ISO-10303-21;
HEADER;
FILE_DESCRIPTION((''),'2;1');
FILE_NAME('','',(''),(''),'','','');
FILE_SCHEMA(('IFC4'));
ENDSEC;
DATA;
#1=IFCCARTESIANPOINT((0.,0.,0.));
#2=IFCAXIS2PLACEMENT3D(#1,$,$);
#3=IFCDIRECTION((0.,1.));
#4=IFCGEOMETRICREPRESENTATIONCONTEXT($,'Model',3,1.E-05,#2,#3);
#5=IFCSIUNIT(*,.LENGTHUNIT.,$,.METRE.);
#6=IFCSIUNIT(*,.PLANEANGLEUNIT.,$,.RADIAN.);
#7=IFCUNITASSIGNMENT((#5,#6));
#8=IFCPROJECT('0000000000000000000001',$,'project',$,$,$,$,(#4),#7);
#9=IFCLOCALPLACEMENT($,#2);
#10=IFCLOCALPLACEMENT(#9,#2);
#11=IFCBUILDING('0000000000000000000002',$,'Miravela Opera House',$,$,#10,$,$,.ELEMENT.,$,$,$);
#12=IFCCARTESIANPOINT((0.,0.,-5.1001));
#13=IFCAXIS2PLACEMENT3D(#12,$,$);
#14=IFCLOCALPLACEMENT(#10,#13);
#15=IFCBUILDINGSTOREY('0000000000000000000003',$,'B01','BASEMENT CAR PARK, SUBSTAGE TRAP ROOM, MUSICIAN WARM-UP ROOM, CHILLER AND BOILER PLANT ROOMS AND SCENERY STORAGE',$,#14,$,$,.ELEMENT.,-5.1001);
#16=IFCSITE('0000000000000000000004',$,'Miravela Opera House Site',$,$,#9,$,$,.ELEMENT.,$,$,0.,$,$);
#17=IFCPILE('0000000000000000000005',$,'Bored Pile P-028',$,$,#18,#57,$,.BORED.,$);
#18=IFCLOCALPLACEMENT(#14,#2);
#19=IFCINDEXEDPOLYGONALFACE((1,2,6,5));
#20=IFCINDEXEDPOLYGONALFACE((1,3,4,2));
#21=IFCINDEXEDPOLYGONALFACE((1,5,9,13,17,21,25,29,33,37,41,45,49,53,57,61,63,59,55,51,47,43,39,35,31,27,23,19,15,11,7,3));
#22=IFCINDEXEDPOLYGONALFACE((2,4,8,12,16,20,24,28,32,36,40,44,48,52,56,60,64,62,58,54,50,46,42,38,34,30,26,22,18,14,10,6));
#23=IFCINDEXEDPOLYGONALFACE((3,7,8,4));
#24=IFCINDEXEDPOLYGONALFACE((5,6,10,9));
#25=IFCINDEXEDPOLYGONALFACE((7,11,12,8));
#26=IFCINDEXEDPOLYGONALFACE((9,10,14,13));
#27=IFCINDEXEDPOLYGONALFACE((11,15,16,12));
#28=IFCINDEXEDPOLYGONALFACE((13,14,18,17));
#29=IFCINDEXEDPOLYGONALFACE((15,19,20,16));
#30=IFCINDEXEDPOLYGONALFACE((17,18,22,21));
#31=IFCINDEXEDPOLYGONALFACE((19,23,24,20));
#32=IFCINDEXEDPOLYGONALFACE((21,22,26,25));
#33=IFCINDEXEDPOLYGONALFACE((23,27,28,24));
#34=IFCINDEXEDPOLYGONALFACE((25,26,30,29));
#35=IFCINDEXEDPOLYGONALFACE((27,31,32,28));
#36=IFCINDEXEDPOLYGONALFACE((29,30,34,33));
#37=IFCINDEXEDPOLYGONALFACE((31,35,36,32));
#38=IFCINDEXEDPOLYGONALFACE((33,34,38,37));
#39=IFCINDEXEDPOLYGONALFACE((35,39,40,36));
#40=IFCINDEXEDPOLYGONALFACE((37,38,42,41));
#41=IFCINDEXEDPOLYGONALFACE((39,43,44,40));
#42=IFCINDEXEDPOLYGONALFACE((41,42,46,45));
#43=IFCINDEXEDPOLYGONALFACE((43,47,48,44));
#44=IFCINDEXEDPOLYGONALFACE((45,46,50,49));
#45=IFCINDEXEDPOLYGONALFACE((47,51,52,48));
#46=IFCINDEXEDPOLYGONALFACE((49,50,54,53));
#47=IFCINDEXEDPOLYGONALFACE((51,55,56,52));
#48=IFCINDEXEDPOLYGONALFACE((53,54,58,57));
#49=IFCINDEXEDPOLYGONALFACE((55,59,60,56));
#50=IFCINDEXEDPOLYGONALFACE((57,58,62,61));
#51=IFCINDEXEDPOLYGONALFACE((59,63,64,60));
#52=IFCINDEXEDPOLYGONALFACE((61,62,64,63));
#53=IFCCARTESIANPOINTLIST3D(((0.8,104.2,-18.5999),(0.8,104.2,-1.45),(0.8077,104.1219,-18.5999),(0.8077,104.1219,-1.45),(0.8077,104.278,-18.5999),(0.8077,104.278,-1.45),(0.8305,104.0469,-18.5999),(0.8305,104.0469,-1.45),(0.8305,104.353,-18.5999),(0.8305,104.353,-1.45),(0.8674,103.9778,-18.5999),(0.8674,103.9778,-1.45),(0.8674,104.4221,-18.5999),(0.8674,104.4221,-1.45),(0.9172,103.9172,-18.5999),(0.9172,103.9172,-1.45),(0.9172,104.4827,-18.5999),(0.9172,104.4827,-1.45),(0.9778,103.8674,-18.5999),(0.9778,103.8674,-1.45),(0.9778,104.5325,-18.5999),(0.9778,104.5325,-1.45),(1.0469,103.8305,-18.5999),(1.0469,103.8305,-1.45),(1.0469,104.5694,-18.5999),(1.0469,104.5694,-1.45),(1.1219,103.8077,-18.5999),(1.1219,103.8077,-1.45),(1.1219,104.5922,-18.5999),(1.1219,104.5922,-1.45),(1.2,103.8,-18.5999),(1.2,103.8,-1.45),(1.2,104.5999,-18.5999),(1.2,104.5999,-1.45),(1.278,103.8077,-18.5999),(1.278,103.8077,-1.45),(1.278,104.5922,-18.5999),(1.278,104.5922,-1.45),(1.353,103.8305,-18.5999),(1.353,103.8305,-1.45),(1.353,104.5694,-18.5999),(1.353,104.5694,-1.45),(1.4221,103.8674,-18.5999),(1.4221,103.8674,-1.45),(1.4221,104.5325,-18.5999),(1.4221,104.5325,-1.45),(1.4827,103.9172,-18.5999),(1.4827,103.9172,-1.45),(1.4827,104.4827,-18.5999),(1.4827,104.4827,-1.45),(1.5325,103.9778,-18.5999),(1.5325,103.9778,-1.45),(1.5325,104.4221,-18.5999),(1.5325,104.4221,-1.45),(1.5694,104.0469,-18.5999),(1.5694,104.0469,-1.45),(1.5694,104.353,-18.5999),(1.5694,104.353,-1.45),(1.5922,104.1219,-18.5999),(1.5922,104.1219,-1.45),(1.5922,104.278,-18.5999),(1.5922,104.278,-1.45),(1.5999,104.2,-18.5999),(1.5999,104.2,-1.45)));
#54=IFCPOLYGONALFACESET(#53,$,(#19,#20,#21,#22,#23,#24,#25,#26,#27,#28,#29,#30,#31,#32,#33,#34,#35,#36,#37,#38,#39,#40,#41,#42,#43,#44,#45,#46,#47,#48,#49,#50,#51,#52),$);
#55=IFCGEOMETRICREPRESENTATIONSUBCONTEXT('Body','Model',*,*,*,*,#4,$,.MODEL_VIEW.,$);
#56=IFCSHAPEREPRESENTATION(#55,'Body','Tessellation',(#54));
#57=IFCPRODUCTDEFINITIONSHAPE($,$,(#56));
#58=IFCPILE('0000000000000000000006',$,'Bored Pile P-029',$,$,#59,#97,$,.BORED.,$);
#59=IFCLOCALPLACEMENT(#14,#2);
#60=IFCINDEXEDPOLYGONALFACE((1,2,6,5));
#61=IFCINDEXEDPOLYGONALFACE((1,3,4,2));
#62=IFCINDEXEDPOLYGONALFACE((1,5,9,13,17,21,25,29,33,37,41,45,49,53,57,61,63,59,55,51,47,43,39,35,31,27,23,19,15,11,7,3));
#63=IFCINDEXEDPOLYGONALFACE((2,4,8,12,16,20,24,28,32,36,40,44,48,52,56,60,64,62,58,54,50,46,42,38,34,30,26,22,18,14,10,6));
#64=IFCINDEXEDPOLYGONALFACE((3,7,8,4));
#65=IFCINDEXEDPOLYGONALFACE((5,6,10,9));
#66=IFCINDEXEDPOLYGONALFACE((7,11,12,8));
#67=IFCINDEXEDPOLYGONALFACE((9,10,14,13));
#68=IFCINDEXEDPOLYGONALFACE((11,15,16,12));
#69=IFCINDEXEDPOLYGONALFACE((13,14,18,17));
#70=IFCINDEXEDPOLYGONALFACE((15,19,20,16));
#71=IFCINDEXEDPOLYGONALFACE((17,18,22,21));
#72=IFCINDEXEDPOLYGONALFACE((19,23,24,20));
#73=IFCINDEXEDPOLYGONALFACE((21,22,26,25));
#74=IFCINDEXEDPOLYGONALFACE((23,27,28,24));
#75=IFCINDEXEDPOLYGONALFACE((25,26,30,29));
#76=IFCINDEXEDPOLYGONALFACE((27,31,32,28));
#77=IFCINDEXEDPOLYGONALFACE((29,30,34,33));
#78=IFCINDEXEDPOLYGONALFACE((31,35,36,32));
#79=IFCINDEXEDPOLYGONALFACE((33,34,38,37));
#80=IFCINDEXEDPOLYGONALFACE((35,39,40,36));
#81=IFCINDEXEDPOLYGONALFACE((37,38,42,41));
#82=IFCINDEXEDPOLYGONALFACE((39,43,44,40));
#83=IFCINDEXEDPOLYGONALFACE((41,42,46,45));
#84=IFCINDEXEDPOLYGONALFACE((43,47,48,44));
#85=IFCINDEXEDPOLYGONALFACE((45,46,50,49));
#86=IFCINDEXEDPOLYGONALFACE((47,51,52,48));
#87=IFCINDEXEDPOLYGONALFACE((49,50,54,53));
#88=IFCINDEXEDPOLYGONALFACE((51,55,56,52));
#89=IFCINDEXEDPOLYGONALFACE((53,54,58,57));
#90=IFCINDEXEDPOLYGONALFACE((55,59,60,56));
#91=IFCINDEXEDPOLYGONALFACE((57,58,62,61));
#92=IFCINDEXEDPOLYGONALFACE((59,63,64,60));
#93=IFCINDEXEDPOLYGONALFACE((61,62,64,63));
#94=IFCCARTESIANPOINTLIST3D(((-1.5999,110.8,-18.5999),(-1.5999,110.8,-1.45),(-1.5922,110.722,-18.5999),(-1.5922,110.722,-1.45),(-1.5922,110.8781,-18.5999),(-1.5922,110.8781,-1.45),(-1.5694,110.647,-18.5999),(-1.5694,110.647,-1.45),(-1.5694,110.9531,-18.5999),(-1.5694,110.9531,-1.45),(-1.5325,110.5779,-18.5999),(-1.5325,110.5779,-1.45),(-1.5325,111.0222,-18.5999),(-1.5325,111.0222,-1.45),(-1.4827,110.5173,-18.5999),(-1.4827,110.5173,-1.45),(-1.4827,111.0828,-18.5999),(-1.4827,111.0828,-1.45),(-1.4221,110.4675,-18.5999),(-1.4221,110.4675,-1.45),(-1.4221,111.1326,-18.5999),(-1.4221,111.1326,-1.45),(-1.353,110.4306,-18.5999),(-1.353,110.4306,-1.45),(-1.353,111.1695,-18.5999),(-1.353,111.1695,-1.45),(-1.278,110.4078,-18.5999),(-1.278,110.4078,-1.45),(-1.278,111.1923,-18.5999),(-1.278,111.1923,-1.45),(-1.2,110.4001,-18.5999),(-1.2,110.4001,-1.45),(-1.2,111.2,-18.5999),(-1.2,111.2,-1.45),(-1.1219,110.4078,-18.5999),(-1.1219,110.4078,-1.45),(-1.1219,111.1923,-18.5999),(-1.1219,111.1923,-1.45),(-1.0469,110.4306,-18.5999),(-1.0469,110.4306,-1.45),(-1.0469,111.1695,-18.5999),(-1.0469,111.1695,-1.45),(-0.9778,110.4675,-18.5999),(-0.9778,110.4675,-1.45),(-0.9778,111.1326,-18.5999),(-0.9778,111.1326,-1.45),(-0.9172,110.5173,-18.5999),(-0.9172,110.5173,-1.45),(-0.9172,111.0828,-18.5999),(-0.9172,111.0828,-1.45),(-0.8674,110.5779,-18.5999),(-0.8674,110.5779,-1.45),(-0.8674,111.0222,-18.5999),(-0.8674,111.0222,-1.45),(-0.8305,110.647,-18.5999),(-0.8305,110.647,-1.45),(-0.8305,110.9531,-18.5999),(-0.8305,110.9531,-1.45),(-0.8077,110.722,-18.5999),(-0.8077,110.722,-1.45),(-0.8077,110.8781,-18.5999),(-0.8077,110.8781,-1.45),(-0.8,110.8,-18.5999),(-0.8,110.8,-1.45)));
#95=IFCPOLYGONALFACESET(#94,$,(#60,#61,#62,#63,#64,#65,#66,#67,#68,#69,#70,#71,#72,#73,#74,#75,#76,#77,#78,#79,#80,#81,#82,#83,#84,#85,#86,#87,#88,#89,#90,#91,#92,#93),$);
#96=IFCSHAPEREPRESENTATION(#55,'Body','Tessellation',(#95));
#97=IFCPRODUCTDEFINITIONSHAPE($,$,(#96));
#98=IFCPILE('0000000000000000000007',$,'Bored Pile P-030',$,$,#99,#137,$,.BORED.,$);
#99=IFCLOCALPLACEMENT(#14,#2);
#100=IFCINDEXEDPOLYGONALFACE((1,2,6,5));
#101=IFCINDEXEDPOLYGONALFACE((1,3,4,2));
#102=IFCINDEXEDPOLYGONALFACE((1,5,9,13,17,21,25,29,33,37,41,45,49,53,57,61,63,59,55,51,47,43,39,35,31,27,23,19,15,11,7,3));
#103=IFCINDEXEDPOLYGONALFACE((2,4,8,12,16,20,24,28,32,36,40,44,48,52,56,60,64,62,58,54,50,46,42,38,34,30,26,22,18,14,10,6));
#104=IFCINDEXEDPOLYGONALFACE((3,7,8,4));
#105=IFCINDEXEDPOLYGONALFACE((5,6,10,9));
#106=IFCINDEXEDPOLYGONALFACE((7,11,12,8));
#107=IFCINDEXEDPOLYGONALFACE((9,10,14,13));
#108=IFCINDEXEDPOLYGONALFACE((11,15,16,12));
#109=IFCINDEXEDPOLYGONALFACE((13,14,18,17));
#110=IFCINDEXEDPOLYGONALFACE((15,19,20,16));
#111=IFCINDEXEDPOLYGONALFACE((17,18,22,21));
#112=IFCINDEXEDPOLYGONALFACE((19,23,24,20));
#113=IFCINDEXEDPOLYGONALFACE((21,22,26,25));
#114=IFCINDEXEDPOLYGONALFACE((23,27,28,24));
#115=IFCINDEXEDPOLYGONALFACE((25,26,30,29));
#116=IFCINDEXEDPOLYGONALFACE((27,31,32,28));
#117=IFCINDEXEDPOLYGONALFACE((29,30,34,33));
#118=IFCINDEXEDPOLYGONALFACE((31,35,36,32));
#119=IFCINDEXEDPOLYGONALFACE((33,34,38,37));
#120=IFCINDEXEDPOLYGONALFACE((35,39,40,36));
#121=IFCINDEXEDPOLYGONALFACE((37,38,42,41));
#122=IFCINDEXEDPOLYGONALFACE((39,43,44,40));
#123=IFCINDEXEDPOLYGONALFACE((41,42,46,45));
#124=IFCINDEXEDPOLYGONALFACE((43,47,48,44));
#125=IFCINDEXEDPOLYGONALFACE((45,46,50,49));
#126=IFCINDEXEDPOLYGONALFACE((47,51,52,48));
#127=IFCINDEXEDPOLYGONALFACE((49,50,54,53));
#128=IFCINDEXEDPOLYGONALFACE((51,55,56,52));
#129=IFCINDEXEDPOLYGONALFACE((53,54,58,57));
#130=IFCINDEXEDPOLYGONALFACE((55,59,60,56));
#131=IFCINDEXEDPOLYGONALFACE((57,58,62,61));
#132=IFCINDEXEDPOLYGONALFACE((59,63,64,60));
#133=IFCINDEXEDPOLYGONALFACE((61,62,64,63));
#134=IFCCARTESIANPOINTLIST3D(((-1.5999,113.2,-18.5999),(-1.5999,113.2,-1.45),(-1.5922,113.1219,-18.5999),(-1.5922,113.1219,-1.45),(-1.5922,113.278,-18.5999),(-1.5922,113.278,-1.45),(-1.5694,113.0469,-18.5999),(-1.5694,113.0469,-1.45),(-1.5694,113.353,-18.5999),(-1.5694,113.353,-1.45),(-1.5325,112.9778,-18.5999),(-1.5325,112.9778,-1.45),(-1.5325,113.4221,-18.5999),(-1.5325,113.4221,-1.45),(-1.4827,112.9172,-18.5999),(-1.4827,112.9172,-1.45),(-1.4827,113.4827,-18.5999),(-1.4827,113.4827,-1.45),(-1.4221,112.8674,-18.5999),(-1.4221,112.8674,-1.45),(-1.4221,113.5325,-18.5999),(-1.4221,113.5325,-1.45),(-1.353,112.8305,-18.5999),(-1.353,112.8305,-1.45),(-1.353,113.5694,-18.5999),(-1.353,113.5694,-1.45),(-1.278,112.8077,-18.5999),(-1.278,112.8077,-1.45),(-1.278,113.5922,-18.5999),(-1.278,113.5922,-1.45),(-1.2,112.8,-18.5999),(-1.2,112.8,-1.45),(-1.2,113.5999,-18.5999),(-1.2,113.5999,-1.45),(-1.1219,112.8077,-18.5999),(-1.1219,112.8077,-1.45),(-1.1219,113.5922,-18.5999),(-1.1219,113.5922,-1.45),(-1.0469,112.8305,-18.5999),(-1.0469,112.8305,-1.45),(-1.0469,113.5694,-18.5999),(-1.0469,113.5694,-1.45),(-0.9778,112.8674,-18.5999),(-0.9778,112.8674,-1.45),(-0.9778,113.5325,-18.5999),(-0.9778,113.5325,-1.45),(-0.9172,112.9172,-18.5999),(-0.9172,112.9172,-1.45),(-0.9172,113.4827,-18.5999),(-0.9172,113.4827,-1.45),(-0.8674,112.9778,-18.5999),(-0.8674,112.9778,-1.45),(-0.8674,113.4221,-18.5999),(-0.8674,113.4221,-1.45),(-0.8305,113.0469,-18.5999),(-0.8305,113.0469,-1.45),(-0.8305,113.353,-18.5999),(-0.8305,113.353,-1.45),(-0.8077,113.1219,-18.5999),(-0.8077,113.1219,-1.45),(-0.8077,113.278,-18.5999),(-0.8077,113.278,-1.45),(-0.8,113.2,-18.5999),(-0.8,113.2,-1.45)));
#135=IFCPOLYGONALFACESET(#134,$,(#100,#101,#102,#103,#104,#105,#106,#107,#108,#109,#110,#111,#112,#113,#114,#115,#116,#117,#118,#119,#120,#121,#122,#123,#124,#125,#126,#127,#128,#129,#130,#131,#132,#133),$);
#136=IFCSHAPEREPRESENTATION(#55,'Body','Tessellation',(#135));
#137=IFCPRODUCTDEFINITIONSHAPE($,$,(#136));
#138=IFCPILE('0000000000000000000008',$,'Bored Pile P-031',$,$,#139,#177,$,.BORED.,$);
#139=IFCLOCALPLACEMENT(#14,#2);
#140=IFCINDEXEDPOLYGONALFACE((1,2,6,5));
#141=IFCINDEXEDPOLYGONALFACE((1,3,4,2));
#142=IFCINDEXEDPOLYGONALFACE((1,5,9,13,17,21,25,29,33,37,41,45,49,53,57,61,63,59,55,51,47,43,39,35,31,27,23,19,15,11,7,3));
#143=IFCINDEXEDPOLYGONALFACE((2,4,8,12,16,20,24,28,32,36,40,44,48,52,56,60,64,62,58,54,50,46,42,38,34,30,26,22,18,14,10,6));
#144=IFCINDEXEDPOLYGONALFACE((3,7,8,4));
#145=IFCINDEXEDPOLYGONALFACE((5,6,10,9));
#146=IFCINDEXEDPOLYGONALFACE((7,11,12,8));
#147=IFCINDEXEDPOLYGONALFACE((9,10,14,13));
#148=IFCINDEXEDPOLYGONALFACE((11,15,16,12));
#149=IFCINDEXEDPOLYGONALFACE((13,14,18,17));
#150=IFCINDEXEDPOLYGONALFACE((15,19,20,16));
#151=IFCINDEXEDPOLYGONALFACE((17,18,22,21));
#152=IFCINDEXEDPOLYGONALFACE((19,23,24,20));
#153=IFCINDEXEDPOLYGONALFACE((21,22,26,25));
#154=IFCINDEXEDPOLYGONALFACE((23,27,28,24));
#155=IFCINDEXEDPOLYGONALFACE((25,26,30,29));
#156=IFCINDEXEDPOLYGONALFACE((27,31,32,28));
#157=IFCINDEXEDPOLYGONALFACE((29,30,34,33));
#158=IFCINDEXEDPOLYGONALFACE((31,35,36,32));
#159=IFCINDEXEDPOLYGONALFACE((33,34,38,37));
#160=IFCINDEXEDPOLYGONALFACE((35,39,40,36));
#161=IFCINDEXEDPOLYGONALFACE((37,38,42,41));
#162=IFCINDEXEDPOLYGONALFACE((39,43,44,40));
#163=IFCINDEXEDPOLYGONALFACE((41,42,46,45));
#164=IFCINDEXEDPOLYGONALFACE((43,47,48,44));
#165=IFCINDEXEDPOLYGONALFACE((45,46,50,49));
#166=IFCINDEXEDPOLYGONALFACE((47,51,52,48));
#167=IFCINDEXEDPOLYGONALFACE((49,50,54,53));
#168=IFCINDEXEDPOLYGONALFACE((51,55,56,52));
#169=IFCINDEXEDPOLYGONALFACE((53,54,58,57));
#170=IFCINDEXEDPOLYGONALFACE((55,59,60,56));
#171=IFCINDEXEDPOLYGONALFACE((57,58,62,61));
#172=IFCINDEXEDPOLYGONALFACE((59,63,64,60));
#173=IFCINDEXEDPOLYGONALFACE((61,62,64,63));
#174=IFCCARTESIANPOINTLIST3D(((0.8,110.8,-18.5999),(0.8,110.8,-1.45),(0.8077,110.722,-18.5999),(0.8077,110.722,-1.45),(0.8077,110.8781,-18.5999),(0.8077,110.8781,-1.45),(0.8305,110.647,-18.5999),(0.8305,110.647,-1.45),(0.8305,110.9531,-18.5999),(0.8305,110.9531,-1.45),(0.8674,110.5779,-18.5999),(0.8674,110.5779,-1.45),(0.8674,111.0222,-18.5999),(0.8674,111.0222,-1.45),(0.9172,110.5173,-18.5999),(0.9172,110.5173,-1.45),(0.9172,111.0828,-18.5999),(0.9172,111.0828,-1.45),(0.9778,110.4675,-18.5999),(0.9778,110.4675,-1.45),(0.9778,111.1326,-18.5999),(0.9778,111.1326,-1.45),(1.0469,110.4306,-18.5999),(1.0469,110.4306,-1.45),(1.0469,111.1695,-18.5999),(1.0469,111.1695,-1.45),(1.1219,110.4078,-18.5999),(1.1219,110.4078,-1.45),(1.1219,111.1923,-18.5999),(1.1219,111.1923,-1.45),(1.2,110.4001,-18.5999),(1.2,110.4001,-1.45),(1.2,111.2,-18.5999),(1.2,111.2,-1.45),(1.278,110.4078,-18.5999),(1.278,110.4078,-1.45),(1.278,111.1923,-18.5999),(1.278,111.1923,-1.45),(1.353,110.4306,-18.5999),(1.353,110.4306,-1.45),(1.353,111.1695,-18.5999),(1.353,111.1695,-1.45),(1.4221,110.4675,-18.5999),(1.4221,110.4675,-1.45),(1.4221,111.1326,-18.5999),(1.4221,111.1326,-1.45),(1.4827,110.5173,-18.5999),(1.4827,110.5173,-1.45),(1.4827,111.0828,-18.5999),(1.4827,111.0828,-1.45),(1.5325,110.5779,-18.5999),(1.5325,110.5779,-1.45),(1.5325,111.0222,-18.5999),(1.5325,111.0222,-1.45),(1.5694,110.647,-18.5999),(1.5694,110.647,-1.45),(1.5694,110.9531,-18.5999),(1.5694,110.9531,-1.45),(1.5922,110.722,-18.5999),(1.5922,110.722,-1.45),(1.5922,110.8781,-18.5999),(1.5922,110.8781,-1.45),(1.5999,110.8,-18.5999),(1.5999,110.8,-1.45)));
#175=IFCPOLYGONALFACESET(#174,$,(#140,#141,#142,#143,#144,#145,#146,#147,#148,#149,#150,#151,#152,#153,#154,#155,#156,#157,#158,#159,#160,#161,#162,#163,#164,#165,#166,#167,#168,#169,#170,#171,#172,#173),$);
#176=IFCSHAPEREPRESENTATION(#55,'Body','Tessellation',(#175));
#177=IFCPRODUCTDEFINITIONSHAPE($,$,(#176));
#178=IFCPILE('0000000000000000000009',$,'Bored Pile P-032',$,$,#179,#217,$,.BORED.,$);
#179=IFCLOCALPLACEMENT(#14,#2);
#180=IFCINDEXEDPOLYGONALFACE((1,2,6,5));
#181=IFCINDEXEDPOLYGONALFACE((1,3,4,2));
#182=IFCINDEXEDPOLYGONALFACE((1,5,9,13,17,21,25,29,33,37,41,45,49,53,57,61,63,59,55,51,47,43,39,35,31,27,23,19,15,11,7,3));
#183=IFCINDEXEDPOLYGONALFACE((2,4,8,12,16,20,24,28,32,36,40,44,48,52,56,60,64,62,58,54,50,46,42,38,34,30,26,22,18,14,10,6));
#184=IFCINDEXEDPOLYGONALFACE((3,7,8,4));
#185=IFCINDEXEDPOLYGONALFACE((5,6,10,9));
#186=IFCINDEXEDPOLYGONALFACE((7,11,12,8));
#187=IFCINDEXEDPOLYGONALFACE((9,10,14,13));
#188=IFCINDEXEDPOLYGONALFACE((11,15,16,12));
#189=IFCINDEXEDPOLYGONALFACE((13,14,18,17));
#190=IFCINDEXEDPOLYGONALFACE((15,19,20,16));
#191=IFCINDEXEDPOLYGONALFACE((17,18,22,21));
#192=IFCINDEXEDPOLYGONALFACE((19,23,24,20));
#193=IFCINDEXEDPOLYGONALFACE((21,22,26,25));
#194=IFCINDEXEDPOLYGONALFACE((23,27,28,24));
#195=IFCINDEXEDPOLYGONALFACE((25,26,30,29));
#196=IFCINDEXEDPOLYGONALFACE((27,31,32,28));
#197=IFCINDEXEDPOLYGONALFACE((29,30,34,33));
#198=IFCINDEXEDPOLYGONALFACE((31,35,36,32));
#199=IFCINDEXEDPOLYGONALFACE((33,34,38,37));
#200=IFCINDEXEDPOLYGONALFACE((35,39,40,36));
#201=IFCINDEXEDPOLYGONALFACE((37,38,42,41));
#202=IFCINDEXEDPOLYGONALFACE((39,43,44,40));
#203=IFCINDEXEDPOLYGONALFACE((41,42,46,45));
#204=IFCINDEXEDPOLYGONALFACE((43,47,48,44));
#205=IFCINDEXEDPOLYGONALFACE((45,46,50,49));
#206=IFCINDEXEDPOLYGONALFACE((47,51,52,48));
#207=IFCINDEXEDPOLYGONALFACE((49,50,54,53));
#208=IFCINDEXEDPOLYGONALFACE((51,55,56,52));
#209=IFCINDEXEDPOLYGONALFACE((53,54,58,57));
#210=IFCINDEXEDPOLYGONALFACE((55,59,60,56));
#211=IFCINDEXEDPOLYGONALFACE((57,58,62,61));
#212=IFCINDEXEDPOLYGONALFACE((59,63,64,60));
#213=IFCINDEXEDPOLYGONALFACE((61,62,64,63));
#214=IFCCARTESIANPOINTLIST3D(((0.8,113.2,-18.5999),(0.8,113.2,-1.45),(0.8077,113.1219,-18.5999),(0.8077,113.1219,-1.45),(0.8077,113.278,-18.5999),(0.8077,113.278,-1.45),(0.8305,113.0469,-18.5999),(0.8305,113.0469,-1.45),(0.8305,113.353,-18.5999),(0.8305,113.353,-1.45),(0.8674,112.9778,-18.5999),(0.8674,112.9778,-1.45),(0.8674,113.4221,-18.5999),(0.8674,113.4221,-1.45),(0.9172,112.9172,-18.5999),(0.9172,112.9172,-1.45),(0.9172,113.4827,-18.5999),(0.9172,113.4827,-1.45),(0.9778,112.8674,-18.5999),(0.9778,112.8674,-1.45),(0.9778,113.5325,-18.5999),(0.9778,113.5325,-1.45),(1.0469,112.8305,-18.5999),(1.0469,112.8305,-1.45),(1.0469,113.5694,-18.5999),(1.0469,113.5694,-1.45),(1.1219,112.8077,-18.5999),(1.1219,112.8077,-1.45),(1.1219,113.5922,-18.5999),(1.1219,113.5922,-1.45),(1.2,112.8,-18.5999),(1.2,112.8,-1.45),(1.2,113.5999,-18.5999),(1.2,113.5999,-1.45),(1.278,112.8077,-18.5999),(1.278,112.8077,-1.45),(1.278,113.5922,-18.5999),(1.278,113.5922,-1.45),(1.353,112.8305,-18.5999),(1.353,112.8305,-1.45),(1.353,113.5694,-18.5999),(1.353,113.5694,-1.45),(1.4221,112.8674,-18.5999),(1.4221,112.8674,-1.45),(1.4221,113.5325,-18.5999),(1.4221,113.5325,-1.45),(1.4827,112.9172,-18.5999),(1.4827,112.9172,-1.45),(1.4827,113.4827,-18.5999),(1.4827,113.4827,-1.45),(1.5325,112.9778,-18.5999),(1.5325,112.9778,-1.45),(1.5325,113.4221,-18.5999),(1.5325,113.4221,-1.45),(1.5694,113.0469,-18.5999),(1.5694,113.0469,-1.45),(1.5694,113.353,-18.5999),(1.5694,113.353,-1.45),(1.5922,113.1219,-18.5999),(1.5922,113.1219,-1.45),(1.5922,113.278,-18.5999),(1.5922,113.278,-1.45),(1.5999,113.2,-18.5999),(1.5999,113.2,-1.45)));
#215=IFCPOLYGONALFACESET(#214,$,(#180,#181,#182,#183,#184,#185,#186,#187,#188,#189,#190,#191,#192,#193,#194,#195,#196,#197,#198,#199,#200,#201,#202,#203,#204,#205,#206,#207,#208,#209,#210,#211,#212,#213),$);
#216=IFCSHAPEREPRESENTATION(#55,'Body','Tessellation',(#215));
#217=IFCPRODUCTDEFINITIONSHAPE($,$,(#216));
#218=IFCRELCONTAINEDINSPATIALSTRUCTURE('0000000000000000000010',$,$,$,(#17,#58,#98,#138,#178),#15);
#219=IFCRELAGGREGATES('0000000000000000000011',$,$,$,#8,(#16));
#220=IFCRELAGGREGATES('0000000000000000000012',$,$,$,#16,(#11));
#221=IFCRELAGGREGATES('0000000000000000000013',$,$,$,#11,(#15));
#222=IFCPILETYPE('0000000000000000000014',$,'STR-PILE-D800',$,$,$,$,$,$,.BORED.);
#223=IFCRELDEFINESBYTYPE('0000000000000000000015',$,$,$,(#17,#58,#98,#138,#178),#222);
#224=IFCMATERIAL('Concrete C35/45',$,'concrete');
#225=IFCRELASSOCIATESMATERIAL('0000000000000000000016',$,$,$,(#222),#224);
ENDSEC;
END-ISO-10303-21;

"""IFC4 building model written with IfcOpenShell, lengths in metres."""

from ifc_helpers import new_model, si_unit, direction, frame, origin, origin_2d, place, context, subcontext, project, spatial, circle, extrude, material, material_profile, profile_set, type_object, element, save


model = new_model("IFC4")

# Units and contexts
model_context = context("Model", 3, precision=1e-05, world=origin(), true_north=direction((0.0, 1.0)))
body_context = subcontext(model_context, "Body", "Model", "MODEL_VIEW")
ifc_project = project(units=[si_unit("LENGTHUNIT", "METRE"), si_unit("PLANEANGLEUNIT", "RADIAN")], contexts=[model_context])

# Site, building, storey
site_placement = place(None, origin())
site = spatial("IfcSite", under=ifc_project, at=site_placement, Name="Miravela Opera House Site", CompositionType="ELEMENT", RefElevation=0.0)
building_placement = place(site_placement, origin())
building = spatial("IfcBuilding", under=site, at=building_placement, Name="Miravela Opera House", CompositionType="ELEMENT")
storey_placement = place(building_placement, frame((0.0, 0.0, -5.1001)))
storey = spatial("IfcBuildingStorey", under=building, at=storey_placement, Name="B01", Description="BASEMENT CAR PARK, SUBSTAGE TRAP ROOM, MUSICIAN WARM-UP ROOM, CHILLER AND BOILER PLANT ROOMS AND SCENERY STORAGE", CompositionType="ELEMENT", Elevation=-5.1001)

# Shared definitions
ifc_material_1 = material(Name="Concrete C35/45", Category="concrete")

# Piles
ifc_material_profile_1 = material_profile(ifc_material_1, circle(Radius=0.3999, at=origin_2d()), Name="PILE-D800")
ifc_profile_set_1 = profile_set([ifc_material_profile_1])
pile_type_1 = type_object("IfcPileType", Name="STR-PILE-D800", PredefinedType="BORED", material=ifc_profile_set_1)
for number, where, z_axis, x_axis, name in (
    (1, (1.2, 104.2, -1.45), (0.0, 0.0, -1.0), (1.0, 0.0, 0.0), "Bored Pile P-028"),
    (2, (-1.2, 110.8, -1.45), (0.0, 0.0, -1.0), (1.0, 0.0, 0.0), "Bored Pile P-029"),
    (3, (-1.2, 113.2, -1.45), (0.0, 0.0, -1.0), (1.0, 0.0, 0.0), "Bored Pile P-030"),
    (4, (1.2, 110.8, -1.45), (0.0, 0.0, -1.0), (1.0, 0.0, 0.0), "Bored Pile P-031"),
    (5, (1.2, 113.2, -1.45), (0.0, 0.0, -1.0), (1.0, 0.0, 0.0), "Bored Pile P-032"),
):
    element("IfcPile", number, at=place(storey_placement, frame(where, z_axis=z_axis, x_axis=x_axis)), inside=storey, type_object=pile_type_1, Name=name, PredefinedType="BORED", context=body_context, shape_type="SweptSolid", body=[
        extrude(circle(Radius=0.3999, at=origin_2d()), origin(), (0.0, 0.0, 1.0), 17.1499),
    ])

save(model, "model.ifc")
